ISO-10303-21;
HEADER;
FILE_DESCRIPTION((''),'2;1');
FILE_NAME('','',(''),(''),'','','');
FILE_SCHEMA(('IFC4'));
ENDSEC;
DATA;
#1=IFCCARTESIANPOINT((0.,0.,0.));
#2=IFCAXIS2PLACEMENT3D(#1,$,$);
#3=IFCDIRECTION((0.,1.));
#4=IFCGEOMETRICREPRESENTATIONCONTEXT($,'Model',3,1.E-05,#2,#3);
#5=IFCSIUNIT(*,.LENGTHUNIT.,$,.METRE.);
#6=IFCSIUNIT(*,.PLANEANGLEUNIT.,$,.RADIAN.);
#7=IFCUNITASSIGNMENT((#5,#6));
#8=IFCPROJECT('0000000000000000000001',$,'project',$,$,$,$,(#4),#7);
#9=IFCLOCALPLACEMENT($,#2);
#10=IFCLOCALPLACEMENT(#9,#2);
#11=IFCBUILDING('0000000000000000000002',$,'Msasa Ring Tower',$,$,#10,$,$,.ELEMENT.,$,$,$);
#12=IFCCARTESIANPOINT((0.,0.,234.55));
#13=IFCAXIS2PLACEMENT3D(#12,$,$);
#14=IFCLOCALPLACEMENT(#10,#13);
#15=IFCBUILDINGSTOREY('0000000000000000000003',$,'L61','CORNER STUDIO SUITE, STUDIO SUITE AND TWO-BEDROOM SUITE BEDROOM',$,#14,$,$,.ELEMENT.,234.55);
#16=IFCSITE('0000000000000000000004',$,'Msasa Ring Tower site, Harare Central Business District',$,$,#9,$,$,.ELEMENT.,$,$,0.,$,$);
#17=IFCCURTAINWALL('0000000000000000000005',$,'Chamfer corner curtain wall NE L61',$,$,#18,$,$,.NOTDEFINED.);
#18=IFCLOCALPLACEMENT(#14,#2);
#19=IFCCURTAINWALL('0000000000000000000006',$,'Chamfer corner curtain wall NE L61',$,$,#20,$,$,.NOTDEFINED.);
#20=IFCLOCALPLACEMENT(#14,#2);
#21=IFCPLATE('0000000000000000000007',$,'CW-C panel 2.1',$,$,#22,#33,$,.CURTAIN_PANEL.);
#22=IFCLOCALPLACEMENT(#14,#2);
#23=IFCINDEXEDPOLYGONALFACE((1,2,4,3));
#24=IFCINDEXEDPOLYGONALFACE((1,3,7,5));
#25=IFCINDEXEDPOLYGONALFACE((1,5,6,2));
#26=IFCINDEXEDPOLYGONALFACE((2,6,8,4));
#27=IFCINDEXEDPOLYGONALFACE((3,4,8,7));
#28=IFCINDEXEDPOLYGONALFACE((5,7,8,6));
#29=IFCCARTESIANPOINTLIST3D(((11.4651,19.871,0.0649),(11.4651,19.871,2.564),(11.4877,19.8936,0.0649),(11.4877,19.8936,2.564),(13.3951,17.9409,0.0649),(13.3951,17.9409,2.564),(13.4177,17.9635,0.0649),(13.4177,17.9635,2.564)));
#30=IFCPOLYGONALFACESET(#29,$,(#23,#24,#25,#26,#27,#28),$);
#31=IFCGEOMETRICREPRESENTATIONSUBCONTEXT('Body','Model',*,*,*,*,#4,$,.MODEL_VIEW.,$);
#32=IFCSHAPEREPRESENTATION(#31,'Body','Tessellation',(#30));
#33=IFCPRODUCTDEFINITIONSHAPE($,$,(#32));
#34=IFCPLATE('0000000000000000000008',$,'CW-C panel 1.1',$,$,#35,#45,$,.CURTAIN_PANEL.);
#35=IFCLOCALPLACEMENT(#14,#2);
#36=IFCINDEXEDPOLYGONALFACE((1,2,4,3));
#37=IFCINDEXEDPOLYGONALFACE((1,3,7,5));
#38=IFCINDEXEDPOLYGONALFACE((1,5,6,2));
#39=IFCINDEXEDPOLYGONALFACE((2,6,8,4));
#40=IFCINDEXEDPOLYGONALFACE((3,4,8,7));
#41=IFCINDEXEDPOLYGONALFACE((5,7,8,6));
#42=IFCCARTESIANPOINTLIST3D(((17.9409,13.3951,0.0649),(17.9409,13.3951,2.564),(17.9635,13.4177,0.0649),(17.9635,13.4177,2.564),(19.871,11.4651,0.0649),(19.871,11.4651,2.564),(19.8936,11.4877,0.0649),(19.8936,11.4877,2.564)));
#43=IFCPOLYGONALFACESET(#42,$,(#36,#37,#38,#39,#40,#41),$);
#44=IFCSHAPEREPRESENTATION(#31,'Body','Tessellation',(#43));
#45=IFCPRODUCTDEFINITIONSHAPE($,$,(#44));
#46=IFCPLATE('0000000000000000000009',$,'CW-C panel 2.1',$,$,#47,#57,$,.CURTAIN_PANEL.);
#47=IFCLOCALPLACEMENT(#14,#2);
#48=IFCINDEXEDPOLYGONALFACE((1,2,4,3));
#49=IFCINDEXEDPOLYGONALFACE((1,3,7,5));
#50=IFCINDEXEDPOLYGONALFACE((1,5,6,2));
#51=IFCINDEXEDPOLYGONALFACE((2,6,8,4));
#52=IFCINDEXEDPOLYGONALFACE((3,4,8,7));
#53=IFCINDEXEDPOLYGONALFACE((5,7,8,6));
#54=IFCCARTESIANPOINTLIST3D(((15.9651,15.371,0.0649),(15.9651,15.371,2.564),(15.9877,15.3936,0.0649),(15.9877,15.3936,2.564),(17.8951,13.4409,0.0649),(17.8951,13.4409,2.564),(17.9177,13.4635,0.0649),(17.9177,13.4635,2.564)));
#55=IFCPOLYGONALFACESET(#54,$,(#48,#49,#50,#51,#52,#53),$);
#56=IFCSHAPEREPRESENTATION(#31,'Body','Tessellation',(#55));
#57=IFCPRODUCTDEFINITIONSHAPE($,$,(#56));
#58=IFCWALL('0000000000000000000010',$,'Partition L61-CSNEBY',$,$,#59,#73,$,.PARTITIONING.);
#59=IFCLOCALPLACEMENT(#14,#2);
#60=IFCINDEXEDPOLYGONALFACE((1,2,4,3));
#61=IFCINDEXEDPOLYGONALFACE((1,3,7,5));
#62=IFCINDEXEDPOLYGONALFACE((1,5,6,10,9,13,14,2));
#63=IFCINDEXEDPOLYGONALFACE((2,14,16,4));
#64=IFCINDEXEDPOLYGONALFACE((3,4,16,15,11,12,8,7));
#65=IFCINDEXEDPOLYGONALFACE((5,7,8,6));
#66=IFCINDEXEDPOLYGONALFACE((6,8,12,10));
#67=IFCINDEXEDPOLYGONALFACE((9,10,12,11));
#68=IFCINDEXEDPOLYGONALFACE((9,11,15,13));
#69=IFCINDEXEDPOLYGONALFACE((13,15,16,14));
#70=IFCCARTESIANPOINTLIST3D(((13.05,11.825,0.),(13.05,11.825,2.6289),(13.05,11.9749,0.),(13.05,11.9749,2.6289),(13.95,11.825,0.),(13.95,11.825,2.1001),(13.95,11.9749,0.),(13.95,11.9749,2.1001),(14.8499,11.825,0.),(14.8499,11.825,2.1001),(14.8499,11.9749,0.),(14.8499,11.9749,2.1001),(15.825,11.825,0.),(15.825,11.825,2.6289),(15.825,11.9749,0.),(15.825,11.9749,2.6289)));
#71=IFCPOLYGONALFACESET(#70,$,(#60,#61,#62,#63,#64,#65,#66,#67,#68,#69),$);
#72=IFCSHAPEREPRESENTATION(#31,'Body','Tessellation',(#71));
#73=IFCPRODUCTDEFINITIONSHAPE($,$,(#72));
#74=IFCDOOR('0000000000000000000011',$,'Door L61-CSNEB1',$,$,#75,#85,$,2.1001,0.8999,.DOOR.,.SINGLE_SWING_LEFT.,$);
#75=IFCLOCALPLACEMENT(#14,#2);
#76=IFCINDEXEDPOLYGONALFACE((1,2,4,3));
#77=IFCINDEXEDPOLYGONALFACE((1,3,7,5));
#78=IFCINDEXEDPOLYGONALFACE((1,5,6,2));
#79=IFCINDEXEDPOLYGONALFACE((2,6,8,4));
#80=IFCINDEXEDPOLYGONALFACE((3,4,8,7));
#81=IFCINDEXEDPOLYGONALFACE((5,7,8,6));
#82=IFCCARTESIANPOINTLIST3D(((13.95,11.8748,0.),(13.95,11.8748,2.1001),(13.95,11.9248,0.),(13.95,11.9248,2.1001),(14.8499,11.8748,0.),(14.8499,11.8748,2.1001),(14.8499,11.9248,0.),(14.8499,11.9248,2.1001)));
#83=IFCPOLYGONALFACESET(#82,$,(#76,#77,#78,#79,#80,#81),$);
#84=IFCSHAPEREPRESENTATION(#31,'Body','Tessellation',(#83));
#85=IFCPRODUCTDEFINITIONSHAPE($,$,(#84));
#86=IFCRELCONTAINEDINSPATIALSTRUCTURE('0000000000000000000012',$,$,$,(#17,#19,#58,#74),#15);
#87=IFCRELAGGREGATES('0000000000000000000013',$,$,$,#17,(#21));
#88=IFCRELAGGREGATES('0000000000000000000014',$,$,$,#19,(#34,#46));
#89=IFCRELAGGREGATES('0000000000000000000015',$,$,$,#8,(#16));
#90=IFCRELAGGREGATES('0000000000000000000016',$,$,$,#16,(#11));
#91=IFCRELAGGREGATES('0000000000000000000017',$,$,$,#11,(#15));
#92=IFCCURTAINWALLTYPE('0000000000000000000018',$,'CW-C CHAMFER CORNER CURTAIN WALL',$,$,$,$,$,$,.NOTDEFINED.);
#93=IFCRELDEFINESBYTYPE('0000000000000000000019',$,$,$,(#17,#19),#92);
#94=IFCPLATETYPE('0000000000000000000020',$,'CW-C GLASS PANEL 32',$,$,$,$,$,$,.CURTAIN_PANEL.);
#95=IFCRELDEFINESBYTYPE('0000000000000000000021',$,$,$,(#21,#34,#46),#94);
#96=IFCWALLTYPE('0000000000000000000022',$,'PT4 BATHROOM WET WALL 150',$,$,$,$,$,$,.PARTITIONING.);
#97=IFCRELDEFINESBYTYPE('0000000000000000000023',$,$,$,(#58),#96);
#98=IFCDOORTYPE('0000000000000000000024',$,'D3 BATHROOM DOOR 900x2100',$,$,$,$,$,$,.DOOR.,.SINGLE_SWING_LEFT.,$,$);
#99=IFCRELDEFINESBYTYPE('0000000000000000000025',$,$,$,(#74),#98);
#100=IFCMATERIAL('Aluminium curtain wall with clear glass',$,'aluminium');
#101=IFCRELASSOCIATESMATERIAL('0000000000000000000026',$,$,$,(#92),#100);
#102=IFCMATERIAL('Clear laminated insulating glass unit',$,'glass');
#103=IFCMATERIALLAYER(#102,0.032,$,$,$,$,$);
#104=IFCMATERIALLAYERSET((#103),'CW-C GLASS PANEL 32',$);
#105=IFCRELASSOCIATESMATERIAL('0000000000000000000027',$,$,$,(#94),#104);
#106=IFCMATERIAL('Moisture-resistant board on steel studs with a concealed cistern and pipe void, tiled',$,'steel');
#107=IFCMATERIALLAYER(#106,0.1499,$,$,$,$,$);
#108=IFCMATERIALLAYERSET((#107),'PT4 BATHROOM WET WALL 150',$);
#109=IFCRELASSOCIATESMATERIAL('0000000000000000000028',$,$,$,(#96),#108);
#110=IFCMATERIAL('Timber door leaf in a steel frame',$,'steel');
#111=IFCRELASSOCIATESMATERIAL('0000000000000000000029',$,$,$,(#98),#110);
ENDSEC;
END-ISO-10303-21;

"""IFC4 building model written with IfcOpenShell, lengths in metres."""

from ifc_helpers import new_model, si_unit, direction, frame, frame_2d, origin, origin_2d, place, context, subcontext, project, spatial, rectangle, extrude, material, layer, layer_set, type_object, element, fill, aggregate, save


model = new_model("IFC4")

# Units and contexts
model_context = context("Model", 3, precision=1e-05, world=origin(), true_north=direction((0.0, 1.0)))
body_context = subcontext(model_context, "Body", "Model", "MODEL_VIEW")
ifc_project = project(units=[si_unit("LENGTHUNIT", "METRE"), si_unit("PLANEANGLEUNIT", "RADIAN")], contexts=[model_context])

# Site, building, storey
site_placement = place(None, origin())
site = spatial("IfcSite", under=ifc_project, at=site_placement, Name="Msasa Ring Tower site, Harare Central Business District", CompositionType="ELEMENT", RefElevation=0.0)
building_placement = place(site_placement, origin())
building = spatial("IfcBuilding", under=site, at=building_placement, Name="Msasa Ring Tower", CompositionType="ELEMENT")
storey_placement = place(building_placement, frame((0.0, 0.0, 234.55)))
storey = spatial("IfcBuildingStorey", under=building, at=storey_placement, Name="L61", Description="CORNER STUDIO SUITE, STUDIO SUITE AND TWO-BEDROOM SUITE BEDROOM", CompositionType="ELEMENT", Elevation=234.55)

# Curtain walls
ifc_material_1 = material(Name="Aluminium curtain wall with clear glass", Category="aluminium")
curtain_wall_type = type_object("IfcCurtainWallType", Name="CW-C CHAMFER CORNER CURTAIN WALL", PredefinedType="NOTDEFINED", material=ifc_material_1)
curtain_wall_1_placement = place(storey_placement, origin())
curtain_wall_1 = element("IfcCurtainWall", 1, at=curtain_wall_1_placement, inside=storey, type_object=curtain_wall_type, Name="Chamfer corner curtain wall NE L61", PredefinedType="NOTDEFINED")
curtain_wall_2_placement = place(storey_placement, origin())
curtain_wall_2 = element("IfcCurtainWall", 2, at=curtain_wall_2_placement, inside=storey, type_object=curtain_wall_type, Name="Chamfer corner curtain wall NE L61", PredefinedType="NOTDEFINED")

# Plates
ifc_material_2 = material(Name="Clear laminated insulating glass unit", Category="glass")
ifc_layer_1 = layer(ifc_material_2, 0.032)
ifc_layer_set_1 = layer_set([ifc_layer_1], Name="CW-C GLASS PANEL 32")
plate_type = type_object("IfcPlateType", Name="CW-C GLASS PANEL 32", PredefinedType="CURTAIN_PANEL", material=ifc_layer_set_1)
plate_1_placement = place(storey_placement, frame((12.4414, 18.9172, 0.0649), z_axis=(0.0, 0.0, 1.0), x_axis=(-0.707107, 0.707107, 0.0)))
plate_1 = element("IfcPlate", 3, at=plate_1_placement, type_object=plate_type, Name="CW-C panel 2.1", PredefinedType="CURTAIN_PANEL", context=body_context, shape_type="SweptSolid", body=[
    extrude(rectangle(XDim=2.7295, YDim=0.032, at=origin_2d()), origin(), (0.0, 0.0, 1.0), 2.499),
])
aggregate(curtain_wall_1, [plate_1])
plate_2_placement = place(storey_placement, frame((18.9172, 12.4414, 0.0649), z_axis=(0.0, 0.0, 1.0), x_axis=(-0.707107, 0.707107, 0.0)))
plate_2 = element("IfcPlate", 4, at=plate_2_placement, type_object=plate_type, Name="CW-C panel 1.1", PredefinedType="CURTAIN_PANEL", context=body_context, shape_type="SweptSolid", body=[
    extrude(rectangle(XDim=2.7295, YDim=0.032, at=origin_2d()), origin(), (0.0, 0.0, 1.0), 2.499),
])
plate_3_placement = place(storey_placement, frame((16.9414, 14.4172, 0.0649), z_axis=(0.0, 0.0, 1.0), x_axis=(-0.707107, 0.707107, 0.0)))
plate_3 = element("IfcPlate", 5, at=plate_3_placement, type_object=plate_type, Name="CW-C panel 2.1", PredefinedType="CURTAIN_PANEL", context=body_context, shape_type="SweptSolid", body=[
    extrude(rectangle(XDim=2.7295, YDim=0.032, at=origin_2d()), origin(), (0.0, 0.0, 1.0), 2.499),
])
aggregate(curtain_wall_2, [plate_2, plate_3])

# Wall, opening, door
ifc_material_3 = material(Name="Moisture-resistant board on steel studs with a concealed cistern and pipe void, tiled", Category="steel")
ifc_layer_2 = layer(ifc_material_3, 0.1499)
ifc_layer_set_2 = layer_set([ifc_layer_2], Name="PT4 BATHROOM WET WALL 150")
wall_type = type_object("IfcWallType", Name="PT4 BATHROOM WET WALL 150", PredefinedType="PARTITIONING", material=ifc_layer_set_2)
wall_placement = place(storey_placement, frame((13.05, 11.8999, 0.0), z_axis=(0.0, 0.0, 1.0), x_axis=(1.0, 0.0, 0.0)))
wall = element("IfcWall", 6, at=wall_placement, inside=storey, type_object=wall_type, Name="Partition L61-CSNEBY", PredefinedType="PARTITIONING", context=body_context, shape_type="SweptSolid", body=[
    extrude(rectangle(XDim=2.7749, YDim=0.1499, at=frame_2d((1.3875, 0.0))), origin(), (0.0, 0.0, 1.0), 2.6289),
])
opening_placement = place(wall_placement, frame((0.8999, 0.0, 0.0)))
opening = element("IfcOpeningElement", 7, at=opening_placement, cuts=wall, PredefinedType="OPENING", context=body_context, shape_type="SweptSolid", body=[
    extrude(rectangle(XDim=0.8999, YDim=2.1001, at=frame_2d((0.45, 1.05))), frame((0.0, 0.085, 0.0), z_axis=(0.0, -1.0, 0.0), x_axis=(1.0, 0.0, 0.0)), (0.0, 0.0, 1.0), 0.1699),
])
ifc_material_4 = material(Name="Timber door leaf in a steel frame", Category="steel")
door_type = type_object("IfcDoorType", Name="D3 BATHROOM DOOR 900x2100", OperationType="SINGLE_SWING_LEFT", PredefinedType="DOOR", material=ifc_material_4)
door_placement = place(opening_placement, origin())
door = element("IfcDoor", 8, at=door_placement, inside=storey, type_object=door_type, Name="Door L61-CSNEB1", OperationType="SINGLE_SWING_LEFT", OverallHeight=2.1001, OverallWidth=0.8999, PredefinedType="DOOR", context=body_context, shape_type="SweptSolid", body=[
    extrude(rectangle(XDim=0.8999, YDim=2.1001, at=frame_2d((0.45, 1.05))), frame((0.0, 0.0249, 0.0), z_axis=(0.0, -1.0, 0.0), x_axis=(1.0, 0.0, 0.0)), (0.0, 0.0, 1.0), 0.05),
])
fill(opening, door)

save(model, "model.ifc")
